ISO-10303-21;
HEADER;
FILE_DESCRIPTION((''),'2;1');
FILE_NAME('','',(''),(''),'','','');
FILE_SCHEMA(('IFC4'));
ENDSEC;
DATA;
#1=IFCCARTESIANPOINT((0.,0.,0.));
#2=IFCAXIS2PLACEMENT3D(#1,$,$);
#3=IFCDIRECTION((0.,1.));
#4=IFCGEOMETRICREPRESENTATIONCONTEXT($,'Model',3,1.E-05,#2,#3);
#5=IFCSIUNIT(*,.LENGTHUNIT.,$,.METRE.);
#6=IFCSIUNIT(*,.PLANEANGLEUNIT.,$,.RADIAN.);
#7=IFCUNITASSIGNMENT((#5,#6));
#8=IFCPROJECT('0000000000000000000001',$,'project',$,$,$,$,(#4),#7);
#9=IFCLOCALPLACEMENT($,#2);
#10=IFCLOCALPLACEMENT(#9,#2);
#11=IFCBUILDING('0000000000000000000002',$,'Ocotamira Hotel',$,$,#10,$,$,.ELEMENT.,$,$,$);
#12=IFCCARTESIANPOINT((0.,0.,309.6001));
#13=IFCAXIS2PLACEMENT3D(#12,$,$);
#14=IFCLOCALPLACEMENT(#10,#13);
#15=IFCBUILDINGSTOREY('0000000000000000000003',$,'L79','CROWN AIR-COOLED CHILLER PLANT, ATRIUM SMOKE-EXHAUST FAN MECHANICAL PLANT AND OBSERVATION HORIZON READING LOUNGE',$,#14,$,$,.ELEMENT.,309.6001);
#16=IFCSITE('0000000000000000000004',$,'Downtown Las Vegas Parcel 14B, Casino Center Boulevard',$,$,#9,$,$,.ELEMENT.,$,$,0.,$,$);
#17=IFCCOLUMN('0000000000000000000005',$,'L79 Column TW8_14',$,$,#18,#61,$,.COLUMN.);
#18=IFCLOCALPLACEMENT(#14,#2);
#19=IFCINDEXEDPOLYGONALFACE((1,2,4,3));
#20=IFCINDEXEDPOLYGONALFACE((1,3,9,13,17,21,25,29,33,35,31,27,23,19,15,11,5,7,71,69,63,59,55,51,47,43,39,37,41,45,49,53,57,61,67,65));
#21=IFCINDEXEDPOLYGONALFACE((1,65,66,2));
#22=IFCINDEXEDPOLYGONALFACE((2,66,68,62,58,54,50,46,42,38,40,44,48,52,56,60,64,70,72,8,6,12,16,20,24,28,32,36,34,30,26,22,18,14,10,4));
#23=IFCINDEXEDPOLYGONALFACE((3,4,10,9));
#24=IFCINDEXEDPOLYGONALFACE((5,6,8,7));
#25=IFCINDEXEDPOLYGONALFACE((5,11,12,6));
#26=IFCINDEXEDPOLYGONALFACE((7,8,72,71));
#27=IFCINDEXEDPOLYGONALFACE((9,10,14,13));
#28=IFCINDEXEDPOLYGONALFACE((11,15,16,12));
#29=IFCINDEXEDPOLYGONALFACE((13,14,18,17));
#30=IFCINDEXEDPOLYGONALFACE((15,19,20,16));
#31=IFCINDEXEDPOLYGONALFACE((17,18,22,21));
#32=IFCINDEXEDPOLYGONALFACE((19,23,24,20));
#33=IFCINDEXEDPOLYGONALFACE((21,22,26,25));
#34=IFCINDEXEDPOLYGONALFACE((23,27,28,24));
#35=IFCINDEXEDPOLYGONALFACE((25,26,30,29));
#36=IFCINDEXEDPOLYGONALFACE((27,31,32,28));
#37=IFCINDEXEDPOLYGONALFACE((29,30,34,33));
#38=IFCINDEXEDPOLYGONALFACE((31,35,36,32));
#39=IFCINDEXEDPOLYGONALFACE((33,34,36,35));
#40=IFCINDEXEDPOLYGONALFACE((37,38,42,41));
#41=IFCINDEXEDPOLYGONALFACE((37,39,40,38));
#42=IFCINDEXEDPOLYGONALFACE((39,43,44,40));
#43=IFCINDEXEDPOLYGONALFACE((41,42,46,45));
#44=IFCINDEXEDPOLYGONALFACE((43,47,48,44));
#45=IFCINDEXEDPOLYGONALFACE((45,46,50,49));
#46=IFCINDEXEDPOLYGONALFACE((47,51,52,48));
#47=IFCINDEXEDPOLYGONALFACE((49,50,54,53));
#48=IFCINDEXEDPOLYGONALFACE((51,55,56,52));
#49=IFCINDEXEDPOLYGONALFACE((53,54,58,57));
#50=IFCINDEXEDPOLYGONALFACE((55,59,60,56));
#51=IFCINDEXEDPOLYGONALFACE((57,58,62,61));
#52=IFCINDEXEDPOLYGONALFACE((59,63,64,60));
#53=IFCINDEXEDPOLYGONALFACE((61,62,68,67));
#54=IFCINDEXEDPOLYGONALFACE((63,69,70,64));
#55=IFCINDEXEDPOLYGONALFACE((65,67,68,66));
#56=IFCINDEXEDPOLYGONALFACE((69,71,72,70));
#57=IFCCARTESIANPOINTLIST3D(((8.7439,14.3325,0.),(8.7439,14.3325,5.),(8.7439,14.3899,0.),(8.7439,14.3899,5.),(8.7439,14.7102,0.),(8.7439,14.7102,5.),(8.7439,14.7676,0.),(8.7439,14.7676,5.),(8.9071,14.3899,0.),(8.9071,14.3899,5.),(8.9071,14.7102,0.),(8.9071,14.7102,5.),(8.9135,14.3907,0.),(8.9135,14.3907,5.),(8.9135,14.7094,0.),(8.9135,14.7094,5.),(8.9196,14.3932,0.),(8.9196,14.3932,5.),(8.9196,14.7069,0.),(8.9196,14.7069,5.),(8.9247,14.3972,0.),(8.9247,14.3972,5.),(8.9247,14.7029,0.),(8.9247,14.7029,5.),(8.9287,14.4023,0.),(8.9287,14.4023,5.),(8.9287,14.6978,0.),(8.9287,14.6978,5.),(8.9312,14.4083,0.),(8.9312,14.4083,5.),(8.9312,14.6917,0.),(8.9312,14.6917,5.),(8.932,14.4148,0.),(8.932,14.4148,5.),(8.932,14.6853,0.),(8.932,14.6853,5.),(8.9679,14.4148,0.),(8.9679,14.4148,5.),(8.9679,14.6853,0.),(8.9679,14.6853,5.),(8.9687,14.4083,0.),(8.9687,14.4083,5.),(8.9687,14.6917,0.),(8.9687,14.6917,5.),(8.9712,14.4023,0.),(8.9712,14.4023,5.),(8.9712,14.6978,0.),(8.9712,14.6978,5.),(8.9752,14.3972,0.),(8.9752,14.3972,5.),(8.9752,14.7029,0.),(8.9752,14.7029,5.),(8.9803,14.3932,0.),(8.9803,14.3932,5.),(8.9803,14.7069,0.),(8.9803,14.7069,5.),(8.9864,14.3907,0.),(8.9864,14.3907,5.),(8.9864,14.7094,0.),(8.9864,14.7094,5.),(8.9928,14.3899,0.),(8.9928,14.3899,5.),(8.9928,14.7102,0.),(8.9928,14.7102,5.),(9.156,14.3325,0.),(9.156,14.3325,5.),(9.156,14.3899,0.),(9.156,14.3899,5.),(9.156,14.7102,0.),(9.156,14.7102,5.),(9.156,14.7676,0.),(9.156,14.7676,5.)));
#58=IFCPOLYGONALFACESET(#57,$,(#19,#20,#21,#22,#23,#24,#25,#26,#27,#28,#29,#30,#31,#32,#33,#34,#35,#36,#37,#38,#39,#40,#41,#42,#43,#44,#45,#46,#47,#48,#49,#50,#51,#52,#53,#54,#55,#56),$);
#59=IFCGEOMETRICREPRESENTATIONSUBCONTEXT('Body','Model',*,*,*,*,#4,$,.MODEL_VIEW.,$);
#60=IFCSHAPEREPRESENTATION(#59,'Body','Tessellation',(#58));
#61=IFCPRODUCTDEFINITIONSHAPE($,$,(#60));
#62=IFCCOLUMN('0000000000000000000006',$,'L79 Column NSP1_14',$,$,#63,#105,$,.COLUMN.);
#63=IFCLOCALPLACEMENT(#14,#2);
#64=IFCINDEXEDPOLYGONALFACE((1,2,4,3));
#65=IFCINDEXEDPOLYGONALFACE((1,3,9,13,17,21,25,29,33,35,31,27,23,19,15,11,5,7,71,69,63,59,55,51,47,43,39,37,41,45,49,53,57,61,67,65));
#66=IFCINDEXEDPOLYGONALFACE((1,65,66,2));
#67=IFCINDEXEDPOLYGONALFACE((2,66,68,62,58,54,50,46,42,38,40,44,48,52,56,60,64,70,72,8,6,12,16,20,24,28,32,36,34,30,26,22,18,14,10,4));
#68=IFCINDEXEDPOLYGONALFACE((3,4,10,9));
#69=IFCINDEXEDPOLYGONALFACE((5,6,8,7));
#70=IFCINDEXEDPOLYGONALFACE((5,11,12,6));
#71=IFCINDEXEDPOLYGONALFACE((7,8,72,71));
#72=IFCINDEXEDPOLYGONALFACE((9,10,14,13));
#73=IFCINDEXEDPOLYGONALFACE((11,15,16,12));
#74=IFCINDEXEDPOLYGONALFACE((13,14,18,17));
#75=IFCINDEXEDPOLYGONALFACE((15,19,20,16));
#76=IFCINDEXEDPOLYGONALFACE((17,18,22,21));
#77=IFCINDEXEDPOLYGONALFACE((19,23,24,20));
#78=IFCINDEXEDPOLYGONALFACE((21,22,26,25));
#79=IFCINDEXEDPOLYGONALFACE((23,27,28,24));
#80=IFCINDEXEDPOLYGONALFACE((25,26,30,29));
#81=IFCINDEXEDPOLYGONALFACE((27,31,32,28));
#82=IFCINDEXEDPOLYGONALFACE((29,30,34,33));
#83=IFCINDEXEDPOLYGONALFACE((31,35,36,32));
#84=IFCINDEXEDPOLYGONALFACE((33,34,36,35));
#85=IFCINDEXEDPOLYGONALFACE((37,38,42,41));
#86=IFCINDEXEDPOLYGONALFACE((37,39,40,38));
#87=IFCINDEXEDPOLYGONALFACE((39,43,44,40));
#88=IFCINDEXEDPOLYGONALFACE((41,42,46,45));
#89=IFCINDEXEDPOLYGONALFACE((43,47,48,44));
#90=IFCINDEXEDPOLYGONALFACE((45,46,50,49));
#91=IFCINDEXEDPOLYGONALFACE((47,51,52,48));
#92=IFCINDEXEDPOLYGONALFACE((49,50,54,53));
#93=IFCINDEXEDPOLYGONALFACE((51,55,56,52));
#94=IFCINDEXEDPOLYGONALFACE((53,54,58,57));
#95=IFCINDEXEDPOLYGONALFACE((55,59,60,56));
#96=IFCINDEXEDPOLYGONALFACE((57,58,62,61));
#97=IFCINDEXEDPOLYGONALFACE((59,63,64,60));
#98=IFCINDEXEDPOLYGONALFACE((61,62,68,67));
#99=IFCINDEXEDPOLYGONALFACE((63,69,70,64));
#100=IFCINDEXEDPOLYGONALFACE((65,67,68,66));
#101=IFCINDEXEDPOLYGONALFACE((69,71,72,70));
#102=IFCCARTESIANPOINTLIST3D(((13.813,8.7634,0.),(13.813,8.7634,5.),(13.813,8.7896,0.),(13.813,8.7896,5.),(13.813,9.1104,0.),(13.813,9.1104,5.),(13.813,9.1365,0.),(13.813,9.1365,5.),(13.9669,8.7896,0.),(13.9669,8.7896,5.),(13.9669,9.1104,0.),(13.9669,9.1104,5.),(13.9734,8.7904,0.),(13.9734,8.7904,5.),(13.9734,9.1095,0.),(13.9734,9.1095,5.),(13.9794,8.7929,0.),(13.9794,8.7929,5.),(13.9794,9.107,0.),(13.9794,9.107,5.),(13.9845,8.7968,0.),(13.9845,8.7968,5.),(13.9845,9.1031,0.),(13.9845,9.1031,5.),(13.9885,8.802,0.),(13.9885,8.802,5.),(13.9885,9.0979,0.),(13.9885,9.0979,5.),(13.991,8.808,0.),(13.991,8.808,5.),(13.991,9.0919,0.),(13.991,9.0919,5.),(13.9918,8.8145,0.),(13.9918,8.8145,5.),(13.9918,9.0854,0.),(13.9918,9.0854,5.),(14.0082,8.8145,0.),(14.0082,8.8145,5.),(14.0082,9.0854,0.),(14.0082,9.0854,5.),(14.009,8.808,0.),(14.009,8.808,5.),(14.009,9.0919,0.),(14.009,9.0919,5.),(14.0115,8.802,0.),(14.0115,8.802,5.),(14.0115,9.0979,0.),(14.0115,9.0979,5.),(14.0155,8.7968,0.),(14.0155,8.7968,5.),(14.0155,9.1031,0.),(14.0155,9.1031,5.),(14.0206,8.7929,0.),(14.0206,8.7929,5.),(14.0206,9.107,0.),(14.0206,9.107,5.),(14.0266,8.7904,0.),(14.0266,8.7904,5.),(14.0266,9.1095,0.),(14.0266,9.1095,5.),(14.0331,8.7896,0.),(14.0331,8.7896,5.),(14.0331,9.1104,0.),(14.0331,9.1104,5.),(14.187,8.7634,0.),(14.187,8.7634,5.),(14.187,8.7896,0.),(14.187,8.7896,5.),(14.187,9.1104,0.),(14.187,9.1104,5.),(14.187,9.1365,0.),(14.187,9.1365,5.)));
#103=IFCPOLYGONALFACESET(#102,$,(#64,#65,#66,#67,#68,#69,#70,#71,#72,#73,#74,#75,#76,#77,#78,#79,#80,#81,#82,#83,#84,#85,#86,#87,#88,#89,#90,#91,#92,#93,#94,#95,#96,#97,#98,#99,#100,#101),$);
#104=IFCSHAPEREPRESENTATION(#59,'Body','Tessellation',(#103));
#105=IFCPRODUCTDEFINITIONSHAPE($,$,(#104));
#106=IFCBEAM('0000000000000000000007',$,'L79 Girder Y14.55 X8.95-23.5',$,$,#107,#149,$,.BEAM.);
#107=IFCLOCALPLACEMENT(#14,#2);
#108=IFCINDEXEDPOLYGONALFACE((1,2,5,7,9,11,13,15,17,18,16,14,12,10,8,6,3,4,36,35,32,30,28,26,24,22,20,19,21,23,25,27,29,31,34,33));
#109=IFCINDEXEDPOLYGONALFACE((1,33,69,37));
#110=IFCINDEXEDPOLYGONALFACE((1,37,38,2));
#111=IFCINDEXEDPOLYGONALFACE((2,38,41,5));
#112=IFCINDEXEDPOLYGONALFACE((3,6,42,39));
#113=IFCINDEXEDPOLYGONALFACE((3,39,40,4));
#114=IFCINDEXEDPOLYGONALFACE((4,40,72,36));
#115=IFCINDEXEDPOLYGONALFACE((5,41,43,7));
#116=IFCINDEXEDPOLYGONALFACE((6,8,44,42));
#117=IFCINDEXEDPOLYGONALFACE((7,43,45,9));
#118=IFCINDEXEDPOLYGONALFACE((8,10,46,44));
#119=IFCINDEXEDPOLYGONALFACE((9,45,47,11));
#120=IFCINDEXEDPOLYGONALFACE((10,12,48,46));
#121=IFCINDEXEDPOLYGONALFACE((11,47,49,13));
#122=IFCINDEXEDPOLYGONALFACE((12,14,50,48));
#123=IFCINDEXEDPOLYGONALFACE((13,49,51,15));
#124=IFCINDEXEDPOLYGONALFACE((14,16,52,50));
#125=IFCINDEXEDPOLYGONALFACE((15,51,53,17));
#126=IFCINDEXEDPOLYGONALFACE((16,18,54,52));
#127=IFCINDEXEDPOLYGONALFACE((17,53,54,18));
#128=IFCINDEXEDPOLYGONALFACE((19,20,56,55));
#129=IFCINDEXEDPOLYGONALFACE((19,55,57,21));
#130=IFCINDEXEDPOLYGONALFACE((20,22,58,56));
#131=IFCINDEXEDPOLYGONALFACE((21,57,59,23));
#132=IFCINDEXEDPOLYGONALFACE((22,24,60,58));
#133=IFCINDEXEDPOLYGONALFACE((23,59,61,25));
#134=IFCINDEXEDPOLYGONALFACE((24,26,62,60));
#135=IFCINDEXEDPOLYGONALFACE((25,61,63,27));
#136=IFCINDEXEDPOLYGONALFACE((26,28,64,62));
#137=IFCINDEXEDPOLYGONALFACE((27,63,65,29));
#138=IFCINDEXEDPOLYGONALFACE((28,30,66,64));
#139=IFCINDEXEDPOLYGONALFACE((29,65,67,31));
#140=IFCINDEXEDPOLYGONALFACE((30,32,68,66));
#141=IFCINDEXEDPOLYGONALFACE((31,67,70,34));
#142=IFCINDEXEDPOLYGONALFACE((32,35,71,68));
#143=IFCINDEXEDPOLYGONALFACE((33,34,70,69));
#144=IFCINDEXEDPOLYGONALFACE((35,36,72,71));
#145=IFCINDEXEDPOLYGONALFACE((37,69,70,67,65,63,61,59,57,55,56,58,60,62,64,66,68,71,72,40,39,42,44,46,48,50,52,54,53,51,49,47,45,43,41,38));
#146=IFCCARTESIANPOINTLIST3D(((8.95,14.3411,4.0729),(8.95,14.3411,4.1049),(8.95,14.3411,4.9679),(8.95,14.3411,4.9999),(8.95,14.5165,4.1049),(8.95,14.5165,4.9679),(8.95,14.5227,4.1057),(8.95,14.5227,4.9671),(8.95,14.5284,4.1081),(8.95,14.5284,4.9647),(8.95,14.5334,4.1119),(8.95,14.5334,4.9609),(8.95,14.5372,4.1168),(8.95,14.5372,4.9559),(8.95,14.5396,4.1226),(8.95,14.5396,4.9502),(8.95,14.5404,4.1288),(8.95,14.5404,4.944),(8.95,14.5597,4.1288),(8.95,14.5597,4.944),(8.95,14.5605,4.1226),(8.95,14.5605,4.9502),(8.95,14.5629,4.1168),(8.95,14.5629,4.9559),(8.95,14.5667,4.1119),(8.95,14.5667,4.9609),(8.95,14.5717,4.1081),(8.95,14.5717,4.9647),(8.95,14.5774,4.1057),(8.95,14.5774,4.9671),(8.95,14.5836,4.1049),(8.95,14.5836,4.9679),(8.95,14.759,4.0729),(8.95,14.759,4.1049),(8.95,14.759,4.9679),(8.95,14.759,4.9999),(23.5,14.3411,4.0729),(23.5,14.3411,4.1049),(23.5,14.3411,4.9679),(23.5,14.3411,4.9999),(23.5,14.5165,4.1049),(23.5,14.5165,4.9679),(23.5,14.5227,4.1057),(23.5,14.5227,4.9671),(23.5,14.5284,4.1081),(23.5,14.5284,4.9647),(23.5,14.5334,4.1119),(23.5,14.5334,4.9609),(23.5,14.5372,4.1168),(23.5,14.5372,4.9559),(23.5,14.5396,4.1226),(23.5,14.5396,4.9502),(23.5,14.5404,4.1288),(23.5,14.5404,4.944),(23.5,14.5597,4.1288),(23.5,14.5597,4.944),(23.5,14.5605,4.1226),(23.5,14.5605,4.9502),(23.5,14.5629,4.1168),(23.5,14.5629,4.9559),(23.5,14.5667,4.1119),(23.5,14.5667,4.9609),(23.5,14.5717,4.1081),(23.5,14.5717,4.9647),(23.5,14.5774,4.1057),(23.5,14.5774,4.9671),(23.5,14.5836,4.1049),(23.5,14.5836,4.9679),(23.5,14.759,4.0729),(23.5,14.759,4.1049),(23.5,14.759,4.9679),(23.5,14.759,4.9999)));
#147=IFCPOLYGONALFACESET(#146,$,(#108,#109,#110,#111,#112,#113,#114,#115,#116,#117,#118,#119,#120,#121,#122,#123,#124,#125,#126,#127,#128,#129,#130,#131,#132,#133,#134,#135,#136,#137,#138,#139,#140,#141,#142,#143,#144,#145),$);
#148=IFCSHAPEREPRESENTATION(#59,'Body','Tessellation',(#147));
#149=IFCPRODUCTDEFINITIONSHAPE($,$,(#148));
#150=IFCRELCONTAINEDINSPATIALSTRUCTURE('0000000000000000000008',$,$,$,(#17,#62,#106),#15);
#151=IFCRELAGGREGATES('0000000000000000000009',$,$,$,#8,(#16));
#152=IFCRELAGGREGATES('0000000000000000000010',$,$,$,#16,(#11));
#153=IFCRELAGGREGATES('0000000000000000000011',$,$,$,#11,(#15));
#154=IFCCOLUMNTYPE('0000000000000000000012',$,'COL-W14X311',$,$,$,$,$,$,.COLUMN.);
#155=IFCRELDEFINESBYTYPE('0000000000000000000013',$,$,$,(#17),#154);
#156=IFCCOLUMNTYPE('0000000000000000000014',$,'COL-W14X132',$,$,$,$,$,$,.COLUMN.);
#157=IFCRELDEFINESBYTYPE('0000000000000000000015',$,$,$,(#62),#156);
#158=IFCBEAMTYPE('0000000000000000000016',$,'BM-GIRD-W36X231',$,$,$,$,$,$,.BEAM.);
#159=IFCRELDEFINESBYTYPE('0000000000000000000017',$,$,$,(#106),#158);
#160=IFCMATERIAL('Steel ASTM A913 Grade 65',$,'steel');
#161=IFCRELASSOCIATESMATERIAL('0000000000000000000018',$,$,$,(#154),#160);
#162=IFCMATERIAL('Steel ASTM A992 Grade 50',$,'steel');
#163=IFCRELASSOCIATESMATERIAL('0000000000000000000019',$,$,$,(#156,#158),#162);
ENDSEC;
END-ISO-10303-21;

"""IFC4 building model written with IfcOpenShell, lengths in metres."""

from ifc_helpers import new_model, si_unit, direction, frame, origin, origin_2d, place, context, subcontext, project, spatial, i_section, extrude, source, transform, mapped, material, material_profile, profile_set, type_object, element, save


model = new_model("IFC4")

# Units and contexts
model_context = context("Model", 3, precision=1e-05, world=origin(), true_north=direction((0.0, 1.0)))
body_context = subcontext(model_context, "Body", "Model", "MODEL_VIEW")
ifc_project = project(units=[si_unit("LENGTHUNIT", "METRE"), si_unit("PLANEANGLEUNIT", "RADIAN")], contexts=[model_context])

# Site, building, storey
site_placement = place(None, origin())
site = spatial("IfcSite", under=ifc_project, at=site_placement, Name="Downtown Las Vegas Parcel 14B, Casino Center Boulevard", CompositionType="ELEMENT", RefElevation=0.0)
building_placement = place(site_placement, origin())
building = spatial("IfcBuilding", under=site, at=building_placement, Name="Ocotamira Hotel", CompositionType="ELEMENT")
storey_placement = place(building_placement, frame((0.0, 0.0, 309.6001)))
storey = spatial("IfcBuildingStorey", under=building, at=storey_placement, Name="L79", Description="CROWN AIR-COOLED CHILLER PLANT, ATRIUM SMOKE-EXHAUST FAN MECHANICAL PLANT AND OBSERVATION HORIZON READING LOUNGE", CompositionType="ELEMENT", Elevation=309.6001)

# Columns
ifc_material_1 = material(Name="Steel ASTM A913 Grade 65", Category="steel")
ifc_material_profile_1 = material_profile(ifc_material_1, i_section(OverallWidth=0.4121, OverallDepth=0.4351, WebThickness=0.0359, FlangeThickness=0.0574, FilletRadius=0.0249, at=origin_2d()), Name="W14X311")
ifc_profile_set_1 = profile_set([ifc_material_profile_1], Name="Steel ASTM A913 Grade 65")
column_type_1 = type_object("IfcColumnType", Name="COL-W14X311", PredefinedType="COLUMN", material=ifc_profile_set_1)
shared_shape_1 = source(origin(), body_context, "Body", "SweptSolid", [
    extrude(i_section(OverallWidth=0.4121, OverallDepth=0.4351, WebThickness=0.0359, FlangeThickness=0.0574, FilletRadius=0.0249, at=origin_2d()), origin(), (0.0, 0.0, 1.0), 5.0),
])
column_1_placement = place(storey_placement, frame((8.95, 14.55, 0.0), z_axis=(0.0, 0.0, 1.0), x_axis=(1.0, 0.0, 0.0)))
element("IfcColumn", 1, at=column_1_placement, inside=storey, type_object=column_type_1, Name="L79 Column TW8_14", PredefinedType="COLUMN", context=body_context, shape_type="MappedRepresentation", body=[
    mapped(shared_shape_1, transform((0.0, 0.0, 0.0), scale=1.0)),
])
ifc_material_2 = material(Name="Steel ASTM A992 Grade 50", Category="steel")
ifc_material_profile_2 = material_profile(ifc_material_2, i_section(OverallWidth=0.374, OverallDepth=0.373, WebThickness=0.0164, FlangeThickness=0.0261, FilletRadius=0.0249, at=origin_2d()), Name="W14X132")
ifc_profile_set_2 = profile_set([ifc_material_profile_2], Name="Steel ASTM A992 Grade 50")
column_type_2 = type_object("IfcColumnType", Name="COL-W14X132", PredefinedType="COLUMN", material=ifc_profile_set_2)
shared_shape_2 = source(origin(), body_context, "Body", "SweptSolid", [
    extrude(i_section(OverallWidth=0.374, OverallDepth=0.373, WebThickness=0.0164, FlangeThickness=0.0261, FilletRadius=0.0249, at=origin_2d()), origin(), (0.0, 0.0, 1.0), 5.0),
])
column_2_placement = place(storey_placement, frame((14.0, 8.95, 0.0), z_axis=(0.0, 0.0, 1.0), x_axis=(1.0, 0.0, 0.0)))
element("IfcColumn", 2, at=column_2_placement, inside=storey, type_object=column_type_2, Name="L79 Column NSP1_14", PredefinedType="COLUMN", context=body_context, shape_type="MappedRepresentation", body=[
    mapped(shared_shape_2, transform((0.0, 0.0, 0.0), scale=1.0)),
])

# Beam
ifc_material_profile_3 = material_profile(ifc_material_2, i_section(OverallWidth=0.418, OverallDepth=0.927, WebThickness=0.0193, FlangeThickness=0.032, FilletRadius=0.0239, at=origin_2d()), Name="W36X231")
ifc_profile_set_3 = profile_set([ifc_material_profile_3], Name="Steel ASTM A992 Grade 50")
beam_type_1 = type_object("IfcBeamType", Name="BM-GIRD-W36X231", PredefinedType="BEAM", material=ifc_profile_set_3)
shared_shape_3 = source(origin(), body_context, "Body", "SweptSolid", [
    extrude(i_section(OverallWidth=0.418, OverallDepth=0.927, WebThickness=0.0193, FlangeThickness=0.032, FilletRadius=0.0239, at=origin_2d()), origin(), (0.0, 0.0, 1.0), 14.55),
])
beam_1_placement = place(storey_placement, frame((8.95, 14.55, 4.5364), z_axis=(1.0, 0.0, 0.0), x_axis=(0.0, 1.0, 0.0)))
element("IfcBeam", 3, at=beam_1_placement, inside=storey, type_object=beam_type_1, Name="L79 Girder Y14.55 X8.95-23.5", PredefinedType="BEAM", context=body_context, shape_type="MappedRepresentation", body=[
    mapped(shared_shape_3, transform((0.0, 0.0, 0.0), scale=1.0)),
])

save(model, "model.ifc")
